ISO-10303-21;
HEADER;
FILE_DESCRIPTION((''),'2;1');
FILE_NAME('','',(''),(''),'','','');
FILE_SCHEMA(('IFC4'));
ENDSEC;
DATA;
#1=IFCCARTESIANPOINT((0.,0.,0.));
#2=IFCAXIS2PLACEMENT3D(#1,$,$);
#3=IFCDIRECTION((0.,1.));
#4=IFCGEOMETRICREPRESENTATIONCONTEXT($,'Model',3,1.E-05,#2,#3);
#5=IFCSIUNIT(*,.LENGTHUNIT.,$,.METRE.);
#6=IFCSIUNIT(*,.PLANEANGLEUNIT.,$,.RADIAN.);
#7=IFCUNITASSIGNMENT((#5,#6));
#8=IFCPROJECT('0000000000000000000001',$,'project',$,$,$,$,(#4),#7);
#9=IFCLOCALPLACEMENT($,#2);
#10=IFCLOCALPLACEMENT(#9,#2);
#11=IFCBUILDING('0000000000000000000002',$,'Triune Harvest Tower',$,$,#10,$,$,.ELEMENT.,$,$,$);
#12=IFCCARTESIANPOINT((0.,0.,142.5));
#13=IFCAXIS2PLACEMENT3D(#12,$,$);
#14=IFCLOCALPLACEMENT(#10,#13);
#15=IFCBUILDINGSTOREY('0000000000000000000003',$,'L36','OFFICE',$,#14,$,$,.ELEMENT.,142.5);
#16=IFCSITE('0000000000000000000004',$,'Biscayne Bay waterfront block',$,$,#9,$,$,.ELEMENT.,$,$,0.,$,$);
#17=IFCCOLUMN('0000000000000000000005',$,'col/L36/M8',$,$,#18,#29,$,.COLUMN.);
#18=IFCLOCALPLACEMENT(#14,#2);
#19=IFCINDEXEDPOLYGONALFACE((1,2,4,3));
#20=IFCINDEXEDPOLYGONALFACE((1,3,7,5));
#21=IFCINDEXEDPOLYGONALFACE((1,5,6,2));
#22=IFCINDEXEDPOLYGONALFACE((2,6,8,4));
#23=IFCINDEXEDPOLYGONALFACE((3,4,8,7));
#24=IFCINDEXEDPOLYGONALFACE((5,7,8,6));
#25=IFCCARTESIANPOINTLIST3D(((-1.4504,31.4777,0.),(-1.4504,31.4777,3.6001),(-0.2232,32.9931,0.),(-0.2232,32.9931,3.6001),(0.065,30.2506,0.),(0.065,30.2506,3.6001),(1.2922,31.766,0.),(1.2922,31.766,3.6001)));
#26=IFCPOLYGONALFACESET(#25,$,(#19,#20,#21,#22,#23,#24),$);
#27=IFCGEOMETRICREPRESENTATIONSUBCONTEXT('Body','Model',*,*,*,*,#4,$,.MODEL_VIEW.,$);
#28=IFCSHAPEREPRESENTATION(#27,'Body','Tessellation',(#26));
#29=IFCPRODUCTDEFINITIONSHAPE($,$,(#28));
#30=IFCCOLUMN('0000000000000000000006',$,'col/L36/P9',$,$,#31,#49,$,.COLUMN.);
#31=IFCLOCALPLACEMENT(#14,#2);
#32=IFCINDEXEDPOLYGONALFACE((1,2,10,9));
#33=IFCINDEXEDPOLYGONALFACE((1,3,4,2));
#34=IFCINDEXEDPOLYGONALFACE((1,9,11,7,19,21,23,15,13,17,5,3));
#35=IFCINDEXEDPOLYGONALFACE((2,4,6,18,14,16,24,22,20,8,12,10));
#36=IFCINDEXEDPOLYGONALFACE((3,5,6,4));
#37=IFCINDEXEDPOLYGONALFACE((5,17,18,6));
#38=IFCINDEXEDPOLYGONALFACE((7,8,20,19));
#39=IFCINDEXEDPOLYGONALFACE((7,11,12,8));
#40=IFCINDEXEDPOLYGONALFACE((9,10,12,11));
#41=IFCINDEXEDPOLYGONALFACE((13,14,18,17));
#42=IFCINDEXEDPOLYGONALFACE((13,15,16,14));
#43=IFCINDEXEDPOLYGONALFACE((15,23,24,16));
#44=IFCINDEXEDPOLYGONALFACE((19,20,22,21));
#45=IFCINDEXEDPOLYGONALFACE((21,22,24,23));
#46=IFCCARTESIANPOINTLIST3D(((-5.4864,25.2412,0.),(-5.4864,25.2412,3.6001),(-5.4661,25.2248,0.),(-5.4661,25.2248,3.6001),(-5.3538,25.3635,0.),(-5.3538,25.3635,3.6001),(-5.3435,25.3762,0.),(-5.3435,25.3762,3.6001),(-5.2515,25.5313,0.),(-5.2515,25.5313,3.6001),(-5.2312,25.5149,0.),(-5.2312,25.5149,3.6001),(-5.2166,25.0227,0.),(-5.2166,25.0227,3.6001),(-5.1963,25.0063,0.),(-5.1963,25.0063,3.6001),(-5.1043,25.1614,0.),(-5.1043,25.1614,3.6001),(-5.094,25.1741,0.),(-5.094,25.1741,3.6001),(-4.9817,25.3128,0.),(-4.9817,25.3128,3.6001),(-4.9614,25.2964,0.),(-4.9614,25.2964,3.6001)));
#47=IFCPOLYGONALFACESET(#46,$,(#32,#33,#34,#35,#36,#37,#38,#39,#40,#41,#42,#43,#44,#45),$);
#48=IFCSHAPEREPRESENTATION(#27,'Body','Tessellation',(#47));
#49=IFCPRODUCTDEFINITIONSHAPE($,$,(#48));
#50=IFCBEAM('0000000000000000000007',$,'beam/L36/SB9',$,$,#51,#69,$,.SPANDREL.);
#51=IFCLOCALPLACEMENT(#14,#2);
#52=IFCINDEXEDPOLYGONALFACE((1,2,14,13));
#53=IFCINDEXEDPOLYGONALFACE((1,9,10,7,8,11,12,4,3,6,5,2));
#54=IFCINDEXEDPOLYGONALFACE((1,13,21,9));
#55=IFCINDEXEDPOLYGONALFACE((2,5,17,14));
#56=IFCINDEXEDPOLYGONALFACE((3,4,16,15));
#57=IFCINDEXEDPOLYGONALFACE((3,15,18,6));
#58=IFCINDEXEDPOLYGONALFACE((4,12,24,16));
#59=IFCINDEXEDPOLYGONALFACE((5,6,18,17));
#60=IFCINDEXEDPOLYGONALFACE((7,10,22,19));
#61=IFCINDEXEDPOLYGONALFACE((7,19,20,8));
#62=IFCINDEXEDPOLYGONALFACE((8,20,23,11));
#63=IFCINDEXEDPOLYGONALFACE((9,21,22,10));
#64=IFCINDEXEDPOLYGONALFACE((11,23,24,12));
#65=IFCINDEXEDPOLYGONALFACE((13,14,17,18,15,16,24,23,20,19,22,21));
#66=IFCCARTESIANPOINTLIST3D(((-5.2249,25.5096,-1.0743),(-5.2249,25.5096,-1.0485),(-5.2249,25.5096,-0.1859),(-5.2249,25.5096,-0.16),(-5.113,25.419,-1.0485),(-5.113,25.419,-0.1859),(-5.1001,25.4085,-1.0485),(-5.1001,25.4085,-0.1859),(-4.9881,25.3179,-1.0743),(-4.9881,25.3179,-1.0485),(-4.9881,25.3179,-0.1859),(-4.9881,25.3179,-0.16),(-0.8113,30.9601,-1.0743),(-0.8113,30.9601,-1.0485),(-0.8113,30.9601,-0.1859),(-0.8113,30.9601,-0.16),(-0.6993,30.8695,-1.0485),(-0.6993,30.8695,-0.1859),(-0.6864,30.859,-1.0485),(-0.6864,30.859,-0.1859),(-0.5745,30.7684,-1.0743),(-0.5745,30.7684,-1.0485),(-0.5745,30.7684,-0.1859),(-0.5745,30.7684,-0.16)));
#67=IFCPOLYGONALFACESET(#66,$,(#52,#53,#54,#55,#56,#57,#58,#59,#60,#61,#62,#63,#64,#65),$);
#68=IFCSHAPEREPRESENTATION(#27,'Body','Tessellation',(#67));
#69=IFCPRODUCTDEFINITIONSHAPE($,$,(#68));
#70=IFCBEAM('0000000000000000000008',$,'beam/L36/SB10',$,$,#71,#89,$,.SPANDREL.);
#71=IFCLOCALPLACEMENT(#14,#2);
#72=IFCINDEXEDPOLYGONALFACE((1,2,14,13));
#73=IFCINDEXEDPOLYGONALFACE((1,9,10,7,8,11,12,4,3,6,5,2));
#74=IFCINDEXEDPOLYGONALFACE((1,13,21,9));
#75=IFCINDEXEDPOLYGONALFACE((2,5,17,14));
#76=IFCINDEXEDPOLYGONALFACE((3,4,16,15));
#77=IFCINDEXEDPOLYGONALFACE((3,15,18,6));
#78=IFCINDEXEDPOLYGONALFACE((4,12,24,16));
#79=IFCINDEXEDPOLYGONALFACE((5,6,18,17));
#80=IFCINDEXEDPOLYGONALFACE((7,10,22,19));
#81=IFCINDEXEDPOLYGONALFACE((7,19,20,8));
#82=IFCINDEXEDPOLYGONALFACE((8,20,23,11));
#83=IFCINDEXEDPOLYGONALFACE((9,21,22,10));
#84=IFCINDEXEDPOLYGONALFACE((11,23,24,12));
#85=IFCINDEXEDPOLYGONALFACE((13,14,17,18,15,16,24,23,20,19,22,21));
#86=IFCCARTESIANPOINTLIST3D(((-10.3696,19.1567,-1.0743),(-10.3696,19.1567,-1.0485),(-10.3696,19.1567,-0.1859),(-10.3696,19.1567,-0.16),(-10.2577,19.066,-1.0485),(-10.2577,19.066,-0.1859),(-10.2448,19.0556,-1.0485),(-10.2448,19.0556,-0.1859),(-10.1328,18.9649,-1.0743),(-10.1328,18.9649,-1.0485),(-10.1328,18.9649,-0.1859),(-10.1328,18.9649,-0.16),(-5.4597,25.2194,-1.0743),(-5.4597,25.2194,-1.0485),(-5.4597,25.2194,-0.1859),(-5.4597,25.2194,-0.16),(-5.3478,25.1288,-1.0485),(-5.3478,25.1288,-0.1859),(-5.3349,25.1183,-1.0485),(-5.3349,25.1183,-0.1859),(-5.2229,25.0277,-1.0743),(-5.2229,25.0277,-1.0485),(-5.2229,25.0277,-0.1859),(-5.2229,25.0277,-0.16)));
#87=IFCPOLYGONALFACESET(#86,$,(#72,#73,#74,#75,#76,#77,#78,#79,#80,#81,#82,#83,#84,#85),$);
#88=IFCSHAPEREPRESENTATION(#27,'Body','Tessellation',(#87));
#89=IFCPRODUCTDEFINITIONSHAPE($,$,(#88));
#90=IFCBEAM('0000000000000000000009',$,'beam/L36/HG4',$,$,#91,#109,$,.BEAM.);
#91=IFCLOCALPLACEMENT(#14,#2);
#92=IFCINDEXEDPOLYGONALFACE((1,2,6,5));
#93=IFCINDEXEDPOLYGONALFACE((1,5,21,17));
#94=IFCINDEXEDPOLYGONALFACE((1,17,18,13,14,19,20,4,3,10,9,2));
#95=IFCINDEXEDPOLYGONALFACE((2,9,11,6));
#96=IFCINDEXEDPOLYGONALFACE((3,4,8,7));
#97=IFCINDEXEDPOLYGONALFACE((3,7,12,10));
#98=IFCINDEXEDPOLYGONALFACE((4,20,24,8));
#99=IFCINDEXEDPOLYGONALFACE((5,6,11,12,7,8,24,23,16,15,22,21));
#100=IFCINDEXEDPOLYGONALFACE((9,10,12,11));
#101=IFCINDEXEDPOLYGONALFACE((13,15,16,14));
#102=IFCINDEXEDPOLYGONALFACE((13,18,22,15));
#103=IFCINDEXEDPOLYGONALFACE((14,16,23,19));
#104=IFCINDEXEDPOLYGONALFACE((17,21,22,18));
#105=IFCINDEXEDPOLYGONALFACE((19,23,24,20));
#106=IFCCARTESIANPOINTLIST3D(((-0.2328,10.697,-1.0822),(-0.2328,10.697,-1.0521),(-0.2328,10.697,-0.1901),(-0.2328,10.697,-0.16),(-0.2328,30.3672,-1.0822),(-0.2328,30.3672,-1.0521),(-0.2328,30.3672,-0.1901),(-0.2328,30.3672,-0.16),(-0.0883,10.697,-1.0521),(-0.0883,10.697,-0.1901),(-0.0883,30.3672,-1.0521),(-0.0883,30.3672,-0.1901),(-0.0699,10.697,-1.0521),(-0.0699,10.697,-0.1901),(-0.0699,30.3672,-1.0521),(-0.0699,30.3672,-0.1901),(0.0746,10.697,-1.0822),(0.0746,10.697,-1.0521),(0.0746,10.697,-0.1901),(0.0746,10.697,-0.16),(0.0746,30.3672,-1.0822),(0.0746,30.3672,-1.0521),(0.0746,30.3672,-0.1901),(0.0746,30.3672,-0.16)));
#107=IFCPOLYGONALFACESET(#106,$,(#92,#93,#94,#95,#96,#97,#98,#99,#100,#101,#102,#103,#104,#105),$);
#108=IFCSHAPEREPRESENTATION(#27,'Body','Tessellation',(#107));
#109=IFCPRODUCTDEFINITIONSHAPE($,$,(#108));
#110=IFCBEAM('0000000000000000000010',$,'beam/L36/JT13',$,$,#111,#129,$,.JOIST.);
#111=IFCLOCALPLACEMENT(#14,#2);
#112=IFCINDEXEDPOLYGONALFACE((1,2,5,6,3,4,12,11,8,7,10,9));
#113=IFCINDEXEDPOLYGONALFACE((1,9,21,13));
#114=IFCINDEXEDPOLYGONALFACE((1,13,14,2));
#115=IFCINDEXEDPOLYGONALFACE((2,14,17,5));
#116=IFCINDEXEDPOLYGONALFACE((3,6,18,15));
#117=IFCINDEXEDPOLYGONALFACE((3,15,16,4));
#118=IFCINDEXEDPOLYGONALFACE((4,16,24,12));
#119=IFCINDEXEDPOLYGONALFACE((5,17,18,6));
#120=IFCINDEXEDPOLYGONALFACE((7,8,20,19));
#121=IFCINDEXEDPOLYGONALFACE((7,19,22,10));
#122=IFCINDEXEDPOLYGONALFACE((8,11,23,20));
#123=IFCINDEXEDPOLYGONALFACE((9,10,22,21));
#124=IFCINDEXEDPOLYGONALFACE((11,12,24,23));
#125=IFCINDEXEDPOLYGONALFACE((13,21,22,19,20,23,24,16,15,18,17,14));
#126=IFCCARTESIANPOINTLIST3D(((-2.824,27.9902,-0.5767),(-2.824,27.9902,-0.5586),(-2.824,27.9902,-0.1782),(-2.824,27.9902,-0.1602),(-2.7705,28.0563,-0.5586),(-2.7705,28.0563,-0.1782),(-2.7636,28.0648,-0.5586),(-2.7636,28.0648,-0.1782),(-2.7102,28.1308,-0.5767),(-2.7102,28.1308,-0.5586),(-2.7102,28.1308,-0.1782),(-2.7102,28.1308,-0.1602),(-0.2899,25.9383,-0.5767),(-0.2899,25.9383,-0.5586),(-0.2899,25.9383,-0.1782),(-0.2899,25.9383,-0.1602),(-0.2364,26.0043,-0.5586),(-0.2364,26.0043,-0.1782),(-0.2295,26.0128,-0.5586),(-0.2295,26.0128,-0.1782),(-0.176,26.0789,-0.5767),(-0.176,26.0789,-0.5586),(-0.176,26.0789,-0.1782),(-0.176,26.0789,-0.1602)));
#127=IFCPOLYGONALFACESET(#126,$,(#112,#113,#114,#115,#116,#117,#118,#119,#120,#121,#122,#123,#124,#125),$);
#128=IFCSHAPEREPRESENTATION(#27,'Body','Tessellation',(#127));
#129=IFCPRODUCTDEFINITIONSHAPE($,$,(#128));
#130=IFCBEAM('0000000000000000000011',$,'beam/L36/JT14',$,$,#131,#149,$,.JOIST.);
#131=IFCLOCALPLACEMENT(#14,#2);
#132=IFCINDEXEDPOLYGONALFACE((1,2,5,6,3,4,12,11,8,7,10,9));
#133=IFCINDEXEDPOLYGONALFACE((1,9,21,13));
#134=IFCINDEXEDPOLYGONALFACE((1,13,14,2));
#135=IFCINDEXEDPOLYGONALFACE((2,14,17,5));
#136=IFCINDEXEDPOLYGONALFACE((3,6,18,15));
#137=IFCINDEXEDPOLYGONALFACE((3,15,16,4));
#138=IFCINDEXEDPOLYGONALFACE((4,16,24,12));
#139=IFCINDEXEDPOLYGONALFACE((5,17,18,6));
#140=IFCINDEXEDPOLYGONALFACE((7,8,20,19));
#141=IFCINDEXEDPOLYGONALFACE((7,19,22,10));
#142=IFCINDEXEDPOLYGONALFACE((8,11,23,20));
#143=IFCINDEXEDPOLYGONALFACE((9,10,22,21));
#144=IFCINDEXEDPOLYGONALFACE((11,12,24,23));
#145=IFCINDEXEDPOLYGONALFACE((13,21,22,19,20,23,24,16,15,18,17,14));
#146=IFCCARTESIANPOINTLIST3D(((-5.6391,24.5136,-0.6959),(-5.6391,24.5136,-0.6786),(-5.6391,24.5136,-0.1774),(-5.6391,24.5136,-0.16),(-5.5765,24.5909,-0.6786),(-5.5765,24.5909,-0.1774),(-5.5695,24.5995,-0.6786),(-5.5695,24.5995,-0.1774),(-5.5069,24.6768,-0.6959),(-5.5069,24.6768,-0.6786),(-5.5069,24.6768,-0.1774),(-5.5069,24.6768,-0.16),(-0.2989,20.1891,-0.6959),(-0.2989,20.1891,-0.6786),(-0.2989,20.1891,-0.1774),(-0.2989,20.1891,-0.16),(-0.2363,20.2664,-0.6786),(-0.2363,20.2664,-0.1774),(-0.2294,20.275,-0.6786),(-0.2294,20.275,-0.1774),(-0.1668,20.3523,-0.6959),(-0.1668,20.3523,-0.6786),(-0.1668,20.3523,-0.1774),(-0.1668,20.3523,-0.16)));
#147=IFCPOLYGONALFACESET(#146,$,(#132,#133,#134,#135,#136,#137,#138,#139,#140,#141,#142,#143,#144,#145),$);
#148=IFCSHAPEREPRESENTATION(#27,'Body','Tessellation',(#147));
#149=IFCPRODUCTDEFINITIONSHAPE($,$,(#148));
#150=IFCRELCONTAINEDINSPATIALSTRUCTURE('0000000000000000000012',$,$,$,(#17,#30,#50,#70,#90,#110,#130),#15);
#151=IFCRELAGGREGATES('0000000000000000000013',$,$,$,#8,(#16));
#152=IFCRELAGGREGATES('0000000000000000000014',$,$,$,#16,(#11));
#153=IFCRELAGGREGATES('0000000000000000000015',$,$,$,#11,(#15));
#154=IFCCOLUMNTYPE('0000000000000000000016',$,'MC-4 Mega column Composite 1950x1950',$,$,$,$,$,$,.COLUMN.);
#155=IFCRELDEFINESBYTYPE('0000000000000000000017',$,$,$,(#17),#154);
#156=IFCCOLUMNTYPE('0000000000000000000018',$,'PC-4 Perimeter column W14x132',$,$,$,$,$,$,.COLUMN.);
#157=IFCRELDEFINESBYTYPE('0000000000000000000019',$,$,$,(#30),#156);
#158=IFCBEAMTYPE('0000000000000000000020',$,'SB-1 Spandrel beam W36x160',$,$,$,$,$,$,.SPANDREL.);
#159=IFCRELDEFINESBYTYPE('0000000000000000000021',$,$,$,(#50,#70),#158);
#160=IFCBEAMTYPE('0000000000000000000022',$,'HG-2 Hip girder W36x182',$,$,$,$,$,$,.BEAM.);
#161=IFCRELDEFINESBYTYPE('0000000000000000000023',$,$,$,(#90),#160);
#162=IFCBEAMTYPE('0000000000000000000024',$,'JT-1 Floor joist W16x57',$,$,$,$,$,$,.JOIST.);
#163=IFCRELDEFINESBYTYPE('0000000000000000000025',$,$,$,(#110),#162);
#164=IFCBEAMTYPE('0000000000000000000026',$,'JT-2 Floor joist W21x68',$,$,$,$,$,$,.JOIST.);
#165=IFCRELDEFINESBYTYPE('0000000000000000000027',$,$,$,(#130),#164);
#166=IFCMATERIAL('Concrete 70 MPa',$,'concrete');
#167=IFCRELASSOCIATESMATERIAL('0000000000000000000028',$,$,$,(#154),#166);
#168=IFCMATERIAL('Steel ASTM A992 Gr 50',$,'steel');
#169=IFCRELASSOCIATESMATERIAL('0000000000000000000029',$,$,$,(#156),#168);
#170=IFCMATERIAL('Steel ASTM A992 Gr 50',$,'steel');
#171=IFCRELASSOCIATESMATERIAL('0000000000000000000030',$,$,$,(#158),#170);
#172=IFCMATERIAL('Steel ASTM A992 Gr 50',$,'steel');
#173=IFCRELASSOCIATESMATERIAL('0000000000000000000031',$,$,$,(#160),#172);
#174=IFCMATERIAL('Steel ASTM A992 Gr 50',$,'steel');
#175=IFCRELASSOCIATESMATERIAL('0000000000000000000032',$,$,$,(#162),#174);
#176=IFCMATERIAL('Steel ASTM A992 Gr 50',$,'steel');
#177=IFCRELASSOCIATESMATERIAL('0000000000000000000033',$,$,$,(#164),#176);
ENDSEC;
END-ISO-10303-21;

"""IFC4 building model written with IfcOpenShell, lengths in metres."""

from ifc_helpers import new_model, si_unit, direction, frame, origin, origin_2d, place, context, subcontext, project, spatial, rectangle, i_section, extrude, source, transform, mapped, material, material_profile, profile_set, type_object, element, save


model = new_model("IFC4")

# Units and contexts
model_context = context("Model", 3, precision=1e-05, world=origin(), true_north=direction((0.0, 1.0)))
body_context = subcontext(model_context, "Body", "Model", "MODEL_VIEW")
ifc_project = project(units=[si_unit("LENGTHUNIT", "METRE"), si_unit("PLANEANGLEUNIT", "RADIAN")], contexts=[model_context])

# Site, building, storey
site_placement = place(None, origin())
site = spatial("IfcSite", under=ifc_project, at=site_placement, Name="Biscayne Bay waterfront block", CompositionType="ELEMENT", RefElevation=0.0)
building_placement = place(site_placement, origin())
building = spatial("IfcBuilding", under=site, at=building_placement, Name="Triune Harvest Tower", CompositionType="ELEMENT")
storey_placement = place(building_placement, frame((0.0, 0.0, 142.5)))
storey = spatial("IfcBuildingStorey", under=building, at=storey_placement, Name="L36", Description="OFFICE", CompositionType="ELEMENT", Elevation=142.5)

# Columns
ifc_material_1 = material(Name="Concrete 70 MPa", Category="concrete")
ifc_material_profile_1 = material_profile(ifc_material_1, rectangle(XDim=1.95, YDim=1.95, at=origin_2d()), Name="Composite 1950x1950")
ifc_profile_set_1 = profile_set([ifc_material_profile_1], Name="Concrete 70 MPa")
column_type_1 = type_object("IfcColumnType", Name="MC-4 Mega column Composite 1950x1950", PredefinedType="COLUMN", material=ifc_profile_set_1)
shared_shape_1 = source(origin(), body_context, "Body", "SweptSolid", [
    extrude(rectangle(XDim=1.95, YDim=1.95, at=origin_2d()), origin(), (0.0, 0.0, 1.0), 3.6001),
])
column_1_placement = place(storey_placement, frame((-0.0791, 31.6218, 0.0), z_axis=(0.0, 0.0, 1.0), x_axis=(-0.629322, -0.777145, 0.0)))
element("IfcColumn", 1, at=column_1_placement, inside=storey, type_object=column_type_1, Name="col/L36/M8", PredefinedType="COLUMN", context=body_context, shape_type="MappedRepresentation", body=[
    mapped(shared_shape_1, transform((0.0, 0.0, 0.0), scale=1.0)),
])
ifc_material_2 = material(Name="Steel ASTM A992 Gr 50", Category="steel")
ifc_material_profile_2 = material_profile(ifc_material_2, i_section(OverallWidth=0.3733, OverallDepth=0.3733, WebThickness=0.0164, FlangeThickness=0.0261, at=origin_2d()), Name="W14x132")
ifc_profile_set_2 = profile_set([ifc_material_profile_2], Name="Steel ASTM A992 Gr 50")
column_type_2 = type_object("IfcColumnType", Name="PC-4 Perimeter column W14x132", PredefinedType="COLUMN", material=ifc_profile_set_2)
shared_shape_2 = source(origin(), body_context, "Body", "SweptSolid", [
    extrude(i_section(OverallWidth=0.3733, OverallDepth=0.3733, WebThickness=0.0164, FlangeThickness=0.0261, at=origin_2d()), origin(), (0.0, 0.0, 1.0), 3.6001),
])
column_2_placement = place(storey_placement, frame((-5.2239, 25.2688, 0.0), z_axis=(0.0, 0.0, 1.0), x_axis=(-0.629322, -0.777145, 0.0)))
element("IfcColumn", 2, at=column_2_placement, inside=storey, type_object=column_type_2, Name="col/L36/P9", PredefinedType="COLUMN", context=body_context, shape_type="MappedRepresentation", body=[
    mapped(shared_shape_2, transform((0.0, 0.0, 0.0), scale=1.0)),
])

# Beams
ifc_material_3 = material(Name="Steel ASTM A992 Gr 50", Category="steel")
ifc_material_profile_3 = material_profile(ifc_material_3, i_section(OverallWidth=0.3047, OverallDepth=0.9143, WebThickness=0.0166, FlangeThickness=0.0259, at=origin_2d()), Name="W36x160")
ifc_profile_set_3 = profile_set([ifc_material_profile_3], Name="Steel ASTM A992 Gr 50")
beam_type_1 = type_object("IfcBeamType", Name="SB-1 Spandrel beam W36x160", PredefinedType="SPANDREL", material=ifc_profile_set_3)
shared_shape_3 = source(origin(), body_context, "Body", "SweptSolid", [
    extrude(i_section(OverallWidth=0.3047, OverallDepth=0.9143, WebThickness=0.0166, FlangeThickness=0.0259, at=origin_2d()), origin(), (0.0, 0.0, 1.0), 7.0134),
])
beam_1_placement = place(storey_placement, frame((-0.6929, 30.8643, -0.6172), z_axis=(-0.629311, -0.777153, 0.0), x_axis=(0.777153, -0.629311, 0.0)))
element("IfcBeam", 3, at=beam_1_placement, inside=storey, type_object=beam_type_1, Name="beam/L36/SB9", PredefinedType="SPANDREL", context=body_context, shape_type="MappedRepresentation", body=[
    mapped(shared_shape_3, transform((0.0, 0.0, 0.0), scale=1.0)),
])
shared_shape_4 = source(origin(), body_context, "Body", "SweptSolid", [
    extrude(i_section(OverallWidth=0.3047, OverallDepth=0.9143, WebThickness=0.0166, FlangeThickness=0.0259, at=origin_2d()), origin(), (0.0, 0.0, 1.0), 7.8015),
])
beam_2_placement = place(storey_placement, frame((-5.3413, 25.1235, -0.6172), z_axis=(-0.629351, -0.777121, 0.0), x_axis=(0.777121, -0.629351, 0.0)))
element("IfcBeam", 4, at=beam_2_placement, inside=storey, type_object=beam_type_1, Name="beam/L36/SB10", PredefinedType="SPANDREL", context=body_context, shape_type="MappedRepresentation", body=[
    mapped(shared_shape_4, transform((0.0, 0.0, 0.0), scale=1.0)),
])
ifc_material_4 = material(Name="Steel ASTM A992 Gr 50", Category="steel")
ifc_material_profile_4 = material_profile(ifc_material_4, i_section(OverallWidth=0.3074, OverallDepth=0.9221, WebThickness=0.0183, FlangeThickness=0.03, at=origin_2d()), Name="W36x182")
ifc_profile_set_4 = profile_set([ifc_material_profile_4], Name="Steel ASTM A992 Gr 50")
beam_type_2 = type_object("IfcBeamType", Name="HG-2 Hip girder W36x182", PredefinedType="BEAM", material=ifc_profile_set_4)
shared_shape_5 = source(origin(), body_context, "Body", "SweptSolid", [
    extrude(i_section(OverallWidth=0.3074, OverallDepth=0.9221, WebThickness=0.0183, FlangeThickness=0.03, at=origin_2d()), origin(), (0.0, 0.0, 1.0), 19.6702),
])
beam_3_placement = place(storey_placement, frame((-0.0791, 30.3672, -0.6211), z_axis=(0.0, -1.0, 0.0), x_axis=(1.0, 0.0, 0.0)))
element("IfcBeam", 5, at=beam_3_placement, inside=storey, type_object=beam_type_2, Name="beam/L36/HG4", PredefinedType="BEAM", context=body_context, shape_type="MappedRepresentation", body=[
    mapped(shared_shape_5, transform((0.0, 0.0, 0.0), scale=1.0)),
])
ifc_material_5 = material(Name="Steel ASTM A992 Gr 50", Category="steel")
ifc_material_profile_5 = material_profile(ifc_material_5, i_section(OverallWidth=0.1809, OverallDepth=0.4165, WebThickness=0.011, FlangeThickness=0.0181, at=origin_2d()), Name="W16x57")
ifc_profile_set_5 = profile_set([ifc_material_profile_5], Name="Steel ASTM A992 Gr 50")
beam_type_3 = type_object("IfcBeamType", Name="JT-1 Floor joist W16x57", PredefinedType="JOIST", material=ifc_profile_set_5)
shared_shape_6 = source(origin(), body_context, "Body", "SweptSolid", [
    extrude(i_section(OverallWidth=0.1809, OverallDepth=0.4165, WebThickness=0.011, FlangeThickness=0.0181, at=origin_2d()), origin(), (0.0, 0.0, 1.0), 3.2607),
])
beam_4_placement = place(storey_placement, frame((-2.7671, 28.0605, -0.3684), z_axis=(0.777166, -0.629295, 0.0), x_axis=(0.629295, 0.777166, 0.0)))
element("IfcBeam", 6, at=beam_4_placement, inside=storey, type_object=beam_type_3, Name="beam/L36/JT13", PredefinedType="JOIST", context=body_context, shape_type="MappedRepresentation", body=[
    mapped(shared_shape_6, transform((0.0, 0.0, 0.0), scale=1.0)),
])
ifc_material_6 = material(Name="Steel ASTM A992 Gr 50", Category="steel")
ifc_material_profile_6 = material_profile(ifc_material_6, i_section(OverallWidth=0.21, OverallDepth=0.5359, WebThickness=0.011, FlangeThickness=0.0173, at=origin_2d()), Name="W21x68")
ifc_profile_set_6 = profile_set([ifc_material_profile_6], Name="Steel ASTM A992 Gr 50")
beam_type_4 = type_object("IfcBeamType", Name="JT-2 Floor joist W21x68", PredefinedType="JOIST", material=ifc_profile_set_6)
shared_shape_7 = source(origin(), body_context, "Body", "SweptSolid", [
    extrude(i_section(OverallWidth=0.21, OverallDepth=0.5359, WebThickness=0.011, FlangeThickness=0.0173, at=origin_2d()), origin(), (0.0, 0.0, 1.0), 6.8716),
])
beam_5_placement = place(storey_placement, frame((-5.573, 24.5952, -0.428), z_axis=(0.777136, -0.629333, 0.0), x_axis=(0.629333, 0.777136, 0.0)))
element("IfcBeam", 7, at=beam_5_placement, inside=storey, type_object=beam_type_4, Name="beam/L36/JT14", PredefinedType="JOIST", context=body_context, shape_type="MappedRepresentation", body=[
    mapped(shared_shape_7, transform((0.0, 0.0, 0.0), scale=1.0)),
])

save(model, "model.ifc")
